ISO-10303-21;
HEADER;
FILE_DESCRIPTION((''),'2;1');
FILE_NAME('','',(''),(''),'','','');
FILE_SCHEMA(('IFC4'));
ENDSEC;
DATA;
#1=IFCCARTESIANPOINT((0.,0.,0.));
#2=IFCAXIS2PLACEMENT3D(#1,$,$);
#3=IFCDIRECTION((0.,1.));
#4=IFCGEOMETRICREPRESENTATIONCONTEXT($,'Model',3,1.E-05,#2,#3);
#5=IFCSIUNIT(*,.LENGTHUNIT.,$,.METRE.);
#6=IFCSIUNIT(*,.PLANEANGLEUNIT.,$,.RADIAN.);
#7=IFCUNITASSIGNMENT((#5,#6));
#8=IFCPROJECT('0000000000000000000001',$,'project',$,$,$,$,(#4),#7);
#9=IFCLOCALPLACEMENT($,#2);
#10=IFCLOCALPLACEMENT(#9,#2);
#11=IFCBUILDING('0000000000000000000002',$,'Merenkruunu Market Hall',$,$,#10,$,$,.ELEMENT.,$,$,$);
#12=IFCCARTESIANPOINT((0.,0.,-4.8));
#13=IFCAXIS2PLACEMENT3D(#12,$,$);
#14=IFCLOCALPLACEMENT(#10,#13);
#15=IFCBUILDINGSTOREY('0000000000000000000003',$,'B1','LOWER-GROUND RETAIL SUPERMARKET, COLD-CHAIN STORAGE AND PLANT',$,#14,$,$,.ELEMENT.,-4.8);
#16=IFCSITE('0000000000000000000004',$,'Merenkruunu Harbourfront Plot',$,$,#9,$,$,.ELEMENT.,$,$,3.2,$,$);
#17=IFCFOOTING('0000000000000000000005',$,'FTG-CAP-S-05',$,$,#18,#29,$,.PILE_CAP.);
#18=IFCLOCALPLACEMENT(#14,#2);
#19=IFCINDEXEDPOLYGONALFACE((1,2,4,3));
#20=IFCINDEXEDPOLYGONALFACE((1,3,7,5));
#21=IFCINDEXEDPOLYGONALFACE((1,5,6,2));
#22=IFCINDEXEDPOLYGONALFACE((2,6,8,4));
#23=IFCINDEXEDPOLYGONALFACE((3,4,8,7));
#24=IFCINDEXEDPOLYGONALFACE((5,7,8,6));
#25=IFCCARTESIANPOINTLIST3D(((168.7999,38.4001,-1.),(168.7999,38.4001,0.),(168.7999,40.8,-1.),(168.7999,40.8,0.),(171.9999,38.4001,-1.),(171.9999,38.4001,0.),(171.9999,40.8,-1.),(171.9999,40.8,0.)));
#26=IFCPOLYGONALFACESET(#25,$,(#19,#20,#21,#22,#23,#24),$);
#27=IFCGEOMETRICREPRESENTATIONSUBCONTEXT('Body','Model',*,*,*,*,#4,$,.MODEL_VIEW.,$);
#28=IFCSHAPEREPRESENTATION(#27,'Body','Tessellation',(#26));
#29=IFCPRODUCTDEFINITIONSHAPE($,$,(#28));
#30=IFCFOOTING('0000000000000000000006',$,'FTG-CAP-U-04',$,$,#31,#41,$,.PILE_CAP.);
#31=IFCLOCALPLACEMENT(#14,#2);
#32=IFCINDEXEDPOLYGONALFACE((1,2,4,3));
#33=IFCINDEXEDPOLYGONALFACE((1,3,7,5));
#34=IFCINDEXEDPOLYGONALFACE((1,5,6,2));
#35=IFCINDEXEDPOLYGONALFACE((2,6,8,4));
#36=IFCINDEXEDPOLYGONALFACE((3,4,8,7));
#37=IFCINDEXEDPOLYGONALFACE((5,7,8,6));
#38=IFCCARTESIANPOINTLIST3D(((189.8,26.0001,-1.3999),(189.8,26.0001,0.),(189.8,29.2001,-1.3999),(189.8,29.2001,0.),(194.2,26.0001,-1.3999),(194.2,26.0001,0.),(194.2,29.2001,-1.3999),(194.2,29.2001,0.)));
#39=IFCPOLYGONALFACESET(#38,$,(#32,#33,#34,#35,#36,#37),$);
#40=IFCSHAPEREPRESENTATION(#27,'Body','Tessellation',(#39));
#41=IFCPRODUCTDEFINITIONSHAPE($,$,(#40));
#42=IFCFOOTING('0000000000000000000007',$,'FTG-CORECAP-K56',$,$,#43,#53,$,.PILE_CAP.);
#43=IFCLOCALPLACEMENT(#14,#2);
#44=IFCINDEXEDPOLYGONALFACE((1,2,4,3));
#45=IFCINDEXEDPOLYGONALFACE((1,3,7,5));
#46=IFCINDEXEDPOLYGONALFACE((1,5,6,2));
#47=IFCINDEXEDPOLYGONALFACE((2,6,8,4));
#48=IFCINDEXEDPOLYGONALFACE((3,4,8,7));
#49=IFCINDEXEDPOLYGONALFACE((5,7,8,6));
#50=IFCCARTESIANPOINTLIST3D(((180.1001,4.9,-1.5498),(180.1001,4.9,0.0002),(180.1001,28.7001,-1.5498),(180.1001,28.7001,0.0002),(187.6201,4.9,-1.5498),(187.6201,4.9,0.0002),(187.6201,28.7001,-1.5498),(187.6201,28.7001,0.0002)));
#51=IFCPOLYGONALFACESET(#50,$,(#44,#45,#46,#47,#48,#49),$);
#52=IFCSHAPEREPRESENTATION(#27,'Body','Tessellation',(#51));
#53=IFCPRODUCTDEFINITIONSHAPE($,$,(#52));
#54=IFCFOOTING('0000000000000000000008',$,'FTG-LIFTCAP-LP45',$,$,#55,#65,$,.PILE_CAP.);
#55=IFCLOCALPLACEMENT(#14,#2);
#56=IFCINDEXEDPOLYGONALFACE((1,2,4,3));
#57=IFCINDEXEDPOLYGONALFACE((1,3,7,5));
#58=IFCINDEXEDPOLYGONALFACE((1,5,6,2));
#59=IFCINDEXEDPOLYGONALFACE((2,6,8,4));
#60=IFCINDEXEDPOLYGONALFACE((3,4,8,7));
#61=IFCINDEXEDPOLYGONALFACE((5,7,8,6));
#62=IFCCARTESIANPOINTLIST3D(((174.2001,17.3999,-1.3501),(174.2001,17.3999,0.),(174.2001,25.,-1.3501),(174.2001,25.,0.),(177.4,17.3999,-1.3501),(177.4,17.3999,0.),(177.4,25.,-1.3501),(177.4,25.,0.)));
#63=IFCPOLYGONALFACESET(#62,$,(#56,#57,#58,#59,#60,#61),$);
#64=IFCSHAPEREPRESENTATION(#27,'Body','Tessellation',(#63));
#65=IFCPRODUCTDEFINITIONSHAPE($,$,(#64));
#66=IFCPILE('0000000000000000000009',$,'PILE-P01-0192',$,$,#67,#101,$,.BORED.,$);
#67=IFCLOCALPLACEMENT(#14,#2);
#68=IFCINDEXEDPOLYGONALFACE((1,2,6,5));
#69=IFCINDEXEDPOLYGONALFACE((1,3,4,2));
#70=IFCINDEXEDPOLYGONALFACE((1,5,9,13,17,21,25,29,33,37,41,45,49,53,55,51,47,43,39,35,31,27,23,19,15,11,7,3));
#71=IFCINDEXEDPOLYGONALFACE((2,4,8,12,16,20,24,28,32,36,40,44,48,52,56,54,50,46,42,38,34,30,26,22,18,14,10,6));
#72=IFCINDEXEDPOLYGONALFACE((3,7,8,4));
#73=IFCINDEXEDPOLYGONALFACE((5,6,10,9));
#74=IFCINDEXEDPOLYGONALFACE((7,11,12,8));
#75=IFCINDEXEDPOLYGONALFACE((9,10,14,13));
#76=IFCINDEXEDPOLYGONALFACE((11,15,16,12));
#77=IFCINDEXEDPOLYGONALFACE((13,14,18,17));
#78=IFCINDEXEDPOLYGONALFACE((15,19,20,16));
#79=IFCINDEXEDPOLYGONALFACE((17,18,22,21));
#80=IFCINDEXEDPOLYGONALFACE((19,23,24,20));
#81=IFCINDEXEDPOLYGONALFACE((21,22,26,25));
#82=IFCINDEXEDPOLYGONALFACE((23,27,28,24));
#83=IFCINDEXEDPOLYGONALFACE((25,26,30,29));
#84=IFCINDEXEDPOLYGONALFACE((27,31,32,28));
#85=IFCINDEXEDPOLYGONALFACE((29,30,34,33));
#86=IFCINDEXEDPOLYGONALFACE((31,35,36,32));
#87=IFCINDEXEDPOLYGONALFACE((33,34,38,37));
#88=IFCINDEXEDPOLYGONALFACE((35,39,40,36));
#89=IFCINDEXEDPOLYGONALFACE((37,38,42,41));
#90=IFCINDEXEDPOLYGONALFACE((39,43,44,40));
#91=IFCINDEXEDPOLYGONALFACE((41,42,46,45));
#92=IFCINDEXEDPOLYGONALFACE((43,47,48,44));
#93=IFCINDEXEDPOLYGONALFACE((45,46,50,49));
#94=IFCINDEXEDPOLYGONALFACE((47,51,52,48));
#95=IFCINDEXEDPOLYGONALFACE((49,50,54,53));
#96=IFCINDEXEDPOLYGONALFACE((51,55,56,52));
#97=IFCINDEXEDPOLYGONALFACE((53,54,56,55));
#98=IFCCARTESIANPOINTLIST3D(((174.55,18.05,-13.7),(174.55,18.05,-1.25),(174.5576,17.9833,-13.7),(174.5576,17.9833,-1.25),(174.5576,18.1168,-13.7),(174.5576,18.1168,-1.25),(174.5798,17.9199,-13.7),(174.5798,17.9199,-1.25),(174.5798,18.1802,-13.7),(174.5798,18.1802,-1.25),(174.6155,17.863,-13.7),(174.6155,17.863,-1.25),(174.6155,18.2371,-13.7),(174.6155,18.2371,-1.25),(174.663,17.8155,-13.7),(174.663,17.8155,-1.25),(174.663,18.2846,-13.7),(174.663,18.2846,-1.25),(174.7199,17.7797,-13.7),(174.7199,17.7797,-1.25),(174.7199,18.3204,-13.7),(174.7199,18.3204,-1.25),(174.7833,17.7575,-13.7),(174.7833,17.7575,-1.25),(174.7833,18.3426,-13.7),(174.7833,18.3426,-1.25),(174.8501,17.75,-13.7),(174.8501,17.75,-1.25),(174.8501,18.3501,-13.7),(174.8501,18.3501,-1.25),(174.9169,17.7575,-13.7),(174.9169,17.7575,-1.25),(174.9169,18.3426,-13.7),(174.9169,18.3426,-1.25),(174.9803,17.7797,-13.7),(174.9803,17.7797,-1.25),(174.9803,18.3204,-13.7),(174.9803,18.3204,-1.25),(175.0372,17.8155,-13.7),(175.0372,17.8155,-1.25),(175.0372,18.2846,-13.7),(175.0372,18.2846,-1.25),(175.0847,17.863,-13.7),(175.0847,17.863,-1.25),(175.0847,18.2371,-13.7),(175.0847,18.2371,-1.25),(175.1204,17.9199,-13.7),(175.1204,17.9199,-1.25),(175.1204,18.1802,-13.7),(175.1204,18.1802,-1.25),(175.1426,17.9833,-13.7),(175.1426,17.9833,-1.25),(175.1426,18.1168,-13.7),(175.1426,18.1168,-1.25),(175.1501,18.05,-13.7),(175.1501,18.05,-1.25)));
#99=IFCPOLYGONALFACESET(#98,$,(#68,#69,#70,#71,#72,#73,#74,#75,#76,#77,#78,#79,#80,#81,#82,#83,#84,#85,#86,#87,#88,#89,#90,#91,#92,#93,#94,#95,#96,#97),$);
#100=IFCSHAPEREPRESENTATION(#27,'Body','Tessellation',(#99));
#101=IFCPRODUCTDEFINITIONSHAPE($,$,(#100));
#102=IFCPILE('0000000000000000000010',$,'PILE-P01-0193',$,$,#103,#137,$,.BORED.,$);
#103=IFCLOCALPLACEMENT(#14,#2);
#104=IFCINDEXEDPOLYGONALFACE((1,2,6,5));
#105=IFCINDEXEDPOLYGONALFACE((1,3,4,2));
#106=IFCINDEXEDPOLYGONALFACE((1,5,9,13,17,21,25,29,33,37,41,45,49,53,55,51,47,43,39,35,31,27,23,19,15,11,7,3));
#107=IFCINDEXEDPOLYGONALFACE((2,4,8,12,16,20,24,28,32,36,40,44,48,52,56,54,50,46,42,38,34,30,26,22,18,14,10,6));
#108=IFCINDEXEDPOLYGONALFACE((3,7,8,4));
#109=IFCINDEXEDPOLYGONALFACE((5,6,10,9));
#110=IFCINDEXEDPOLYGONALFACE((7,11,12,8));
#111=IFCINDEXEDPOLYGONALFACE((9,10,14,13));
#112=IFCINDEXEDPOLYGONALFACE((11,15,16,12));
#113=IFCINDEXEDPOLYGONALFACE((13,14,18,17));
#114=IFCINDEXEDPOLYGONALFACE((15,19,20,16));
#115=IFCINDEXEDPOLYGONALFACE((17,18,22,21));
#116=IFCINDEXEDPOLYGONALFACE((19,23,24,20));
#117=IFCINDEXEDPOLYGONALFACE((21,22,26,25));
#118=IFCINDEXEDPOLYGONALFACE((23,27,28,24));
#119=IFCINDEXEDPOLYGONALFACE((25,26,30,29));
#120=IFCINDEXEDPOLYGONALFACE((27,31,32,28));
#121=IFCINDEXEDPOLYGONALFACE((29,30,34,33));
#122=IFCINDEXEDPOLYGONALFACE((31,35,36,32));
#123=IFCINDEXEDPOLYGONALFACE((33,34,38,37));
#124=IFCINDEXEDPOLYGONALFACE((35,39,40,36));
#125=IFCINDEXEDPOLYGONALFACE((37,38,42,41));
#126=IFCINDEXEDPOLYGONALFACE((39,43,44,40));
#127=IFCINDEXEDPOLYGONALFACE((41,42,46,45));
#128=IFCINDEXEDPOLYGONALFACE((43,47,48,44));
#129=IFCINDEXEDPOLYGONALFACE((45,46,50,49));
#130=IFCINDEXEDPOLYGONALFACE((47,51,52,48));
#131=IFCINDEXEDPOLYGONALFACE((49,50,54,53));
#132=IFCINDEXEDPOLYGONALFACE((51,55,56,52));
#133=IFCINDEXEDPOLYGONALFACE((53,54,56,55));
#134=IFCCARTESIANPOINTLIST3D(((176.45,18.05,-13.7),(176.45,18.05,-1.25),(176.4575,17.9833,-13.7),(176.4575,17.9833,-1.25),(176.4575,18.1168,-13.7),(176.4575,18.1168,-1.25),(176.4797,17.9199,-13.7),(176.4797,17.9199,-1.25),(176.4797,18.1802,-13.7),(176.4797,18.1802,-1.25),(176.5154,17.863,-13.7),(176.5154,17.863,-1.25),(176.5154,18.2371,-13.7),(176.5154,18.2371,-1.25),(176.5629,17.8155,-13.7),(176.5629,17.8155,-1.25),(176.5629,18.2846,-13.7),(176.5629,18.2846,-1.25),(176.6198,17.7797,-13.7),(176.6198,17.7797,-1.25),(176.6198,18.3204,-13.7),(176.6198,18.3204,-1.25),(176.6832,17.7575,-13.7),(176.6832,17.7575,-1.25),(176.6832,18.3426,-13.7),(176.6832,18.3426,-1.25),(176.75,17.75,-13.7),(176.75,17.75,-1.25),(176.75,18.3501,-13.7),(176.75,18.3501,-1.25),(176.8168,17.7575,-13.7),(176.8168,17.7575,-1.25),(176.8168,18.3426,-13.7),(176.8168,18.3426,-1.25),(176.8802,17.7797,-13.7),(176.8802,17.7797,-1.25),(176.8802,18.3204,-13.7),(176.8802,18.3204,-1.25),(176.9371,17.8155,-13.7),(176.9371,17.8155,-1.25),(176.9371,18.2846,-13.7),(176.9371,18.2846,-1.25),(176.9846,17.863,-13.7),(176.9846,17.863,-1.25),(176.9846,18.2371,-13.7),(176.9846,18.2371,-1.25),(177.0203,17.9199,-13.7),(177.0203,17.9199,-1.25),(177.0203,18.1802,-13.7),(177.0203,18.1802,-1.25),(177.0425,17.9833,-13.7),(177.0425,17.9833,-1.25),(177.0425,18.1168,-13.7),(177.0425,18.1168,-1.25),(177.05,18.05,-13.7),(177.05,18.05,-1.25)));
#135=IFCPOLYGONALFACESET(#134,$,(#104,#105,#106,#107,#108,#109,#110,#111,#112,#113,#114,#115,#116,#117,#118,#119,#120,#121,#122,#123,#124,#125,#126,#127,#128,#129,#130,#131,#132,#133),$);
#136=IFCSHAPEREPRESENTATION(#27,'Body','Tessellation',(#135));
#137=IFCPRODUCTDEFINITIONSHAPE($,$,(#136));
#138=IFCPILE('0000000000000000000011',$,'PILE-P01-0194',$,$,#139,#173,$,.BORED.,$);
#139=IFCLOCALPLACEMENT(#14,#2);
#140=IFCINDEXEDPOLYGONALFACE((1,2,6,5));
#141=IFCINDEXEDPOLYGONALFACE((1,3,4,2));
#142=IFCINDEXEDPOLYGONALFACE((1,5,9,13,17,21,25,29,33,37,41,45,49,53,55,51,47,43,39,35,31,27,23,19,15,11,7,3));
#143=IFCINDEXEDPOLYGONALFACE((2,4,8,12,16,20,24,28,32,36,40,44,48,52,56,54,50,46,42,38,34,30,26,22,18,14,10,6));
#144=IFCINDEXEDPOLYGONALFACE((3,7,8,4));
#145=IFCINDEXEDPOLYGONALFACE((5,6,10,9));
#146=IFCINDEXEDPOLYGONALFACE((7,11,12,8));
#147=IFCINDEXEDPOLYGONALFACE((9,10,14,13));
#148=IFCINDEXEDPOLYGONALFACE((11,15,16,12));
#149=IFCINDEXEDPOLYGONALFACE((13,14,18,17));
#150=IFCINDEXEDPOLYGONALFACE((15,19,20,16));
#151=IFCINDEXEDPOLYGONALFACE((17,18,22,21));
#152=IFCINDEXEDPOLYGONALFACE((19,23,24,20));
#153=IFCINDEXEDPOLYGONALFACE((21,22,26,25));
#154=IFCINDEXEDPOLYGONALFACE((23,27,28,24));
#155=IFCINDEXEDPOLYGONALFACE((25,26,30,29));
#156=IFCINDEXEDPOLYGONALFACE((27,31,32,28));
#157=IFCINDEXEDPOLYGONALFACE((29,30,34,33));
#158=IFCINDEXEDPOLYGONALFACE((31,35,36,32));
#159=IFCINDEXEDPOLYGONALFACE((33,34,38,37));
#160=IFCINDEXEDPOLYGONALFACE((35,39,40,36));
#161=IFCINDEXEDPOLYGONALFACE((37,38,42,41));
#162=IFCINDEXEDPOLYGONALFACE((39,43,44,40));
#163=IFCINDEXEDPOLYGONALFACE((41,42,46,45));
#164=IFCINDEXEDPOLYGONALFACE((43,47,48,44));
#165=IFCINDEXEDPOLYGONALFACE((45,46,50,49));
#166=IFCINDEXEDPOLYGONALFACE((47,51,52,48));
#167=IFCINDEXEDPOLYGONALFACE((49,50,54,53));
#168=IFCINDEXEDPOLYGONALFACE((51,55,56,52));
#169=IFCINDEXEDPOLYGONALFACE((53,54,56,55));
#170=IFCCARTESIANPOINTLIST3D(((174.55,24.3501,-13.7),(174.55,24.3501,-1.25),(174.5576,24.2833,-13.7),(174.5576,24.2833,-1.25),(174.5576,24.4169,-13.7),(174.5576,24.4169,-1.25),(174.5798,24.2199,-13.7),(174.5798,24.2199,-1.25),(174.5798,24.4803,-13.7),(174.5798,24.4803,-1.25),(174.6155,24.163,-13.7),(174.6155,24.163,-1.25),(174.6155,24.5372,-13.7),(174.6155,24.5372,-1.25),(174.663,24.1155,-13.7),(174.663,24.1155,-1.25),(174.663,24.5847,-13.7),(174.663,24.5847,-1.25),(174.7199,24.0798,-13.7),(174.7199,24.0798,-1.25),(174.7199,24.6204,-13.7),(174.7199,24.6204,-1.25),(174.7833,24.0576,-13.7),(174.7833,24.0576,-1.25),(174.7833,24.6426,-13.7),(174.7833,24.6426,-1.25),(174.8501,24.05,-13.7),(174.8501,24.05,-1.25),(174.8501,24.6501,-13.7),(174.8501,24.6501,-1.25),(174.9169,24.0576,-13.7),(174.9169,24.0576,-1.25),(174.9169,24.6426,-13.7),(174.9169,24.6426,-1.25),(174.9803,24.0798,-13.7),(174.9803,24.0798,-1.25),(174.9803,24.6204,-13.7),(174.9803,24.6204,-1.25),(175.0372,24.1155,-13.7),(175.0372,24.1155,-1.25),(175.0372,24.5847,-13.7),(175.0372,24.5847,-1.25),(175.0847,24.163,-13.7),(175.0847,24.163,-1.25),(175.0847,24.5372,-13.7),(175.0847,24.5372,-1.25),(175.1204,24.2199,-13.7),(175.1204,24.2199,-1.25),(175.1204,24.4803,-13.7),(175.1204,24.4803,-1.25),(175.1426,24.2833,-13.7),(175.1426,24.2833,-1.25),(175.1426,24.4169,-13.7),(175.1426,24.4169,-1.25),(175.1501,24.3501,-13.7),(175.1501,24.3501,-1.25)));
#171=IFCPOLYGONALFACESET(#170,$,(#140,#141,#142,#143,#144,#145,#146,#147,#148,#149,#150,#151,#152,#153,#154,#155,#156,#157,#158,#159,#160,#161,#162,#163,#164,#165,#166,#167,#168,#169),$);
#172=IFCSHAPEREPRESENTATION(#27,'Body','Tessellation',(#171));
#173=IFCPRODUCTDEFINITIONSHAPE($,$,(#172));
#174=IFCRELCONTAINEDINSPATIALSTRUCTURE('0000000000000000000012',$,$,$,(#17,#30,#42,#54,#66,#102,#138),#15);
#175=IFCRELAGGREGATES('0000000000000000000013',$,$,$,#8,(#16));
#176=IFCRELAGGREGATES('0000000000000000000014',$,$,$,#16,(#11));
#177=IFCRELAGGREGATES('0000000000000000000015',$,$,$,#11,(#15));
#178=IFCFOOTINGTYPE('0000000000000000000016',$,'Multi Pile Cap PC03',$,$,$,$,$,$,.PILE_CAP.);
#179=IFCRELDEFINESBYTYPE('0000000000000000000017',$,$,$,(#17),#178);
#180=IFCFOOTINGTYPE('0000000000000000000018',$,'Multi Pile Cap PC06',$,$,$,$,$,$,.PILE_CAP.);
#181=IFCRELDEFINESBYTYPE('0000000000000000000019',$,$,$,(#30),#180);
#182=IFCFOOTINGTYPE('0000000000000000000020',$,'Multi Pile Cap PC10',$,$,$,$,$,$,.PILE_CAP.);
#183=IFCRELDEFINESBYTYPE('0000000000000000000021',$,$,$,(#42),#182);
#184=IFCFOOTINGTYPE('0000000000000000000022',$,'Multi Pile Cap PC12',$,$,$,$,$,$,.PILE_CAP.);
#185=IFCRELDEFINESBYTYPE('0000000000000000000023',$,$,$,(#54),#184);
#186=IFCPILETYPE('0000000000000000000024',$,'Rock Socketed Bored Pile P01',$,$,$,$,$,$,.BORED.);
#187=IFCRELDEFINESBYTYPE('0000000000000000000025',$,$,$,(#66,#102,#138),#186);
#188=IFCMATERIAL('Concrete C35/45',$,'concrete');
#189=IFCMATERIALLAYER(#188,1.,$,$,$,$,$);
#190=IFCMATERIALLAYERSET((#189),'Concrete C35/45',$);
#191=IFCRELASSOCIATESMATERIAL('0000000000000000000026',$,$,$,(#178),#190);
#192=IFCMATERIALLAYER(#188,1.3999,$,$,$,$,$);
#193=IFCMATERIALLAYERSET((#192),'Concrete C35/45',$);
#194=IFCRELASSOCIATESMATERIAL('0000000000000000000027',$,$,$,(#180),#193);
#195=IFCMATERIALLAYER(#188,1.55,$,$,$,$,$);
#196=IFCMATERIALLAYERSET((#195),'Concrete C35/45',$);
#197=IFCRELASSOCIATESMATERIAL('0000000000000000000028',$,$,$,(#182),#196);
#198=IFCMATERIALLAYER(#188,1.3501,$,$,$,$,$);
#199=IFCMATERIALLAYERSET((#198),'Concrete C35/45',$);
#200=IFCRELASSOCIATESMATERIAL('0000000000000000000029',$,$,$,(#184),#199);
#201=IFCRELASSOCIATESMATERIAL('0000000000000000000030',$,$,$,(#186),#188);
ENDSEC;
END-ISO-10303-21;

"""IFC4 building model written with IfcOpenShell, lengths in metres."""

from ifc_helpers import new_model, si_unit, direction, frame, origin, origin_2d, place, context, subcontext, project, spatial, rectangle, circle, extrude, material, layer, layer_set, material_profile, profile_set, type_object, element, save


model = new_model("IFC4")

# Units and contexts
model_context = context("Model", 3, precision=1e-05, world=origin(), true_north=direction((0.0, 1.0)))
body_context = subcontext(model_context, "Body", "Model", "MODEL_VIEW")
ifc_project = project(units=[si_unit("LENGTHUNIT", "METRE"), si_unit("PLANEANGLEUNIT", "RADIAN")], contexts=[model_context])

# Site, building, storey
site_placement = place(None, origin())
site = spatial("IfcSite", under=ifc_project, at=site_placement, Name="Merenkruunu Harbourfront Plot", CompositionType="ELEMENT", RefElevation=3.2)
building_placement = place(site_placement, origin())
building = spatial("IfcBuilding", under=site, at=building_placement, Name="Merenkruunu Market Hall", CompositionType="ELEMENT")
storey_placement = place(building_placement, frame((0.0, 0.0, -4.8)))
storey = spatial("IfcBuildingStorey", under=building, at=storey_placement, Name="B1", Description="LOWER-GROUND RETAIL SUPERMARKET, COLD-CHAIN STORAGE AND PLANT", CompositionType="ELEMENT", Elevation=-4.8)

# Footings
ifc_material = material(Name="Concrete C35/45", Category="concrete")
ifc_layer_1 = layer(ifc_material, 1.0)
ifc_layer_set_1 = layer_set([ifc_layer_1], Name="Concrete C35/45")
footing_type_1 = type_object("IfcFootingType", Name="Multi Pile Cap PC03", PredefinedType="PILE_CAP", material=ifc_layer_set_1)
footing_1_placement = place(storey_placement, frame((170.3999, 39.6001, -1.0), z_axis=(0.0, 0.0, 1.0), x_axis=(1.0, 0.0, 0.0)))
element("IfcFooting", 1, at=footing_1_placement, inside=storey, type_object=footing_type_1, Name="FTG-CAP-S-05", PredefinedType="PILE_CAP", context=body_context, shape_type="SweptSolid", body=[
    extrude(rectangle(XDim=3.2, YDim=2.3999, at=origin_2d()), origin(), (0.0, 0.0, 1.0), 1.0),
])
ifc_layer_2 = layer(ifc_material, 1.3999)
ifc_layer_set_2 = layer_set([ifc_layer_2], Name="Concrete C35/45")
footing_type_2 = type_object("IfcFootingType", Name="Multi Pile Cap PC06", PredefinedType="PILE_CAP", material=ifc_layer_set_2)
footing_2_placement = place(storey_placement, frame((192.0, 27.6001, -1.3999), z_axis=(0.0, 0.0, 1.0), x_axis=(1.0, 0.0, 0.0)))
element("IfcFooting", 2, at=footing_2_placement, inside=storey, type_object=footing_type_2, Name="FTG-CAP-U-04", PredefinedType="PILE_CAP", context=body_context, shape_type="SweptSolid", body=[
    extrude(rectangle(XDim=4.3999, YDim=3.2, at=origin_2d()), origin(), (0.0, 0.0, 1.0), 1.3999),
])
ifc_layer_3 = layer(ifc_material, 1.55)
ifc_layer_set_3 = layer_set([ifc_layer_3], Name="Concrete C35/45")
footing_type_3 = type_object("IfcFootingType", Name="Multi Pile Cap PC10", PredefinedType="PILE_CAP", material=ifc_layer_set_3)
footing_3_placement = place(storey_placement, frame((183.8601, 16.8, -1.5498), z_axis=(0.0, 0.0, 1.0), x_axis=(1.0, 0.0, 0.0)))
element("IfcFooting", 3, at=footing_3_placement, inside=storey, type_object=footing_type_3, Name="FTG-CORECAP-K56", PredefinedType="PILE_CAP", context=body_context, shape_type="SweptSolid", body=[
    extrude(rectangle(XDim=7.52, YDim=23.8, at=origin_2d()), origin(), (0.0, 0.0, 1.0), 1.55),
])
ifc_layer_4 = layer(ifc_material, 1.3501)
ifc_layer_set_4 = layer_set([ifc_layer_4], Name="Concrete C35/45")
footing_type_4 = type_object("IfcFootingType", Name="Multi Pile Cap PC12", PredefinedType="PILE_CAP", material=ifc_layer_set_4)
footing_4_placement = place(storey_placement, frame((175.8, 21.2, -1.3501), z_axis=(0.0, 0.0, 1.0), x_axis=(1.0, 0.0, 0.0)))
element("IfcFooting", 4, at=footing_4_placement, inside=storey, type_object=footing_type_4, Name="FTG-LIFTCAP-LP45", PredefinedType="PILE_CAP", context=body_context, shape_type="SweptSolid", body=[
    extrude(rectangle(XDim=3.2, YDim=7.6001, at=origin_2d()), origin(), (0.0, 0.0, 1.0), 1.3501),
])

# Piles
ifc_material_profile_1 = material_profile(ifc_material, circle(Radius=0.3, at=origin_2d()), Name="BORED PILE 600")
ifc_profile_set_1 = profile_set([ifc_material_profile_1], Name="Concrete C35/45")
pile_type_1 = type_object("IfcPileType", Name="Rock Socketed Bored Pile P01", PredefinedType="BORED", material=ifc_profile_set_1)
for number, where, z_axis, x_axis, name in (
    (5, (174.8501, 18.05, -1.25), (0.0, 0.0, -1.0), (1.0, 0.0, 0.0), "PILE-P01-0192"),
    (6, (176.75, 18.05, -1.25), (0.0, 0.0, -1.0), (1.0, 0.0, 0.0), "PILE-P01-0193"),
    (7, (174.8501, 24.3501, -1.25), (0.0, 0.0, -1.0), (1.0, 0.0, 0.0), "PILE-P01-0194"),
):
    element("IfcPile", number, at=place(storey_placement, frame(where, z_axis=z_axis, x_axis=x_axis)), inside=storey, type_object=pile_type_1, Name=name, PredefinedType="BORED", context=body_context, shape_type="SweptSolid", body=[
        extrude(circle(Radius=0.3, at=origin_2d()), origin(), (0.0, 0.0, 1.0), 12.45),
    ])

save(model, "model.ifc")
